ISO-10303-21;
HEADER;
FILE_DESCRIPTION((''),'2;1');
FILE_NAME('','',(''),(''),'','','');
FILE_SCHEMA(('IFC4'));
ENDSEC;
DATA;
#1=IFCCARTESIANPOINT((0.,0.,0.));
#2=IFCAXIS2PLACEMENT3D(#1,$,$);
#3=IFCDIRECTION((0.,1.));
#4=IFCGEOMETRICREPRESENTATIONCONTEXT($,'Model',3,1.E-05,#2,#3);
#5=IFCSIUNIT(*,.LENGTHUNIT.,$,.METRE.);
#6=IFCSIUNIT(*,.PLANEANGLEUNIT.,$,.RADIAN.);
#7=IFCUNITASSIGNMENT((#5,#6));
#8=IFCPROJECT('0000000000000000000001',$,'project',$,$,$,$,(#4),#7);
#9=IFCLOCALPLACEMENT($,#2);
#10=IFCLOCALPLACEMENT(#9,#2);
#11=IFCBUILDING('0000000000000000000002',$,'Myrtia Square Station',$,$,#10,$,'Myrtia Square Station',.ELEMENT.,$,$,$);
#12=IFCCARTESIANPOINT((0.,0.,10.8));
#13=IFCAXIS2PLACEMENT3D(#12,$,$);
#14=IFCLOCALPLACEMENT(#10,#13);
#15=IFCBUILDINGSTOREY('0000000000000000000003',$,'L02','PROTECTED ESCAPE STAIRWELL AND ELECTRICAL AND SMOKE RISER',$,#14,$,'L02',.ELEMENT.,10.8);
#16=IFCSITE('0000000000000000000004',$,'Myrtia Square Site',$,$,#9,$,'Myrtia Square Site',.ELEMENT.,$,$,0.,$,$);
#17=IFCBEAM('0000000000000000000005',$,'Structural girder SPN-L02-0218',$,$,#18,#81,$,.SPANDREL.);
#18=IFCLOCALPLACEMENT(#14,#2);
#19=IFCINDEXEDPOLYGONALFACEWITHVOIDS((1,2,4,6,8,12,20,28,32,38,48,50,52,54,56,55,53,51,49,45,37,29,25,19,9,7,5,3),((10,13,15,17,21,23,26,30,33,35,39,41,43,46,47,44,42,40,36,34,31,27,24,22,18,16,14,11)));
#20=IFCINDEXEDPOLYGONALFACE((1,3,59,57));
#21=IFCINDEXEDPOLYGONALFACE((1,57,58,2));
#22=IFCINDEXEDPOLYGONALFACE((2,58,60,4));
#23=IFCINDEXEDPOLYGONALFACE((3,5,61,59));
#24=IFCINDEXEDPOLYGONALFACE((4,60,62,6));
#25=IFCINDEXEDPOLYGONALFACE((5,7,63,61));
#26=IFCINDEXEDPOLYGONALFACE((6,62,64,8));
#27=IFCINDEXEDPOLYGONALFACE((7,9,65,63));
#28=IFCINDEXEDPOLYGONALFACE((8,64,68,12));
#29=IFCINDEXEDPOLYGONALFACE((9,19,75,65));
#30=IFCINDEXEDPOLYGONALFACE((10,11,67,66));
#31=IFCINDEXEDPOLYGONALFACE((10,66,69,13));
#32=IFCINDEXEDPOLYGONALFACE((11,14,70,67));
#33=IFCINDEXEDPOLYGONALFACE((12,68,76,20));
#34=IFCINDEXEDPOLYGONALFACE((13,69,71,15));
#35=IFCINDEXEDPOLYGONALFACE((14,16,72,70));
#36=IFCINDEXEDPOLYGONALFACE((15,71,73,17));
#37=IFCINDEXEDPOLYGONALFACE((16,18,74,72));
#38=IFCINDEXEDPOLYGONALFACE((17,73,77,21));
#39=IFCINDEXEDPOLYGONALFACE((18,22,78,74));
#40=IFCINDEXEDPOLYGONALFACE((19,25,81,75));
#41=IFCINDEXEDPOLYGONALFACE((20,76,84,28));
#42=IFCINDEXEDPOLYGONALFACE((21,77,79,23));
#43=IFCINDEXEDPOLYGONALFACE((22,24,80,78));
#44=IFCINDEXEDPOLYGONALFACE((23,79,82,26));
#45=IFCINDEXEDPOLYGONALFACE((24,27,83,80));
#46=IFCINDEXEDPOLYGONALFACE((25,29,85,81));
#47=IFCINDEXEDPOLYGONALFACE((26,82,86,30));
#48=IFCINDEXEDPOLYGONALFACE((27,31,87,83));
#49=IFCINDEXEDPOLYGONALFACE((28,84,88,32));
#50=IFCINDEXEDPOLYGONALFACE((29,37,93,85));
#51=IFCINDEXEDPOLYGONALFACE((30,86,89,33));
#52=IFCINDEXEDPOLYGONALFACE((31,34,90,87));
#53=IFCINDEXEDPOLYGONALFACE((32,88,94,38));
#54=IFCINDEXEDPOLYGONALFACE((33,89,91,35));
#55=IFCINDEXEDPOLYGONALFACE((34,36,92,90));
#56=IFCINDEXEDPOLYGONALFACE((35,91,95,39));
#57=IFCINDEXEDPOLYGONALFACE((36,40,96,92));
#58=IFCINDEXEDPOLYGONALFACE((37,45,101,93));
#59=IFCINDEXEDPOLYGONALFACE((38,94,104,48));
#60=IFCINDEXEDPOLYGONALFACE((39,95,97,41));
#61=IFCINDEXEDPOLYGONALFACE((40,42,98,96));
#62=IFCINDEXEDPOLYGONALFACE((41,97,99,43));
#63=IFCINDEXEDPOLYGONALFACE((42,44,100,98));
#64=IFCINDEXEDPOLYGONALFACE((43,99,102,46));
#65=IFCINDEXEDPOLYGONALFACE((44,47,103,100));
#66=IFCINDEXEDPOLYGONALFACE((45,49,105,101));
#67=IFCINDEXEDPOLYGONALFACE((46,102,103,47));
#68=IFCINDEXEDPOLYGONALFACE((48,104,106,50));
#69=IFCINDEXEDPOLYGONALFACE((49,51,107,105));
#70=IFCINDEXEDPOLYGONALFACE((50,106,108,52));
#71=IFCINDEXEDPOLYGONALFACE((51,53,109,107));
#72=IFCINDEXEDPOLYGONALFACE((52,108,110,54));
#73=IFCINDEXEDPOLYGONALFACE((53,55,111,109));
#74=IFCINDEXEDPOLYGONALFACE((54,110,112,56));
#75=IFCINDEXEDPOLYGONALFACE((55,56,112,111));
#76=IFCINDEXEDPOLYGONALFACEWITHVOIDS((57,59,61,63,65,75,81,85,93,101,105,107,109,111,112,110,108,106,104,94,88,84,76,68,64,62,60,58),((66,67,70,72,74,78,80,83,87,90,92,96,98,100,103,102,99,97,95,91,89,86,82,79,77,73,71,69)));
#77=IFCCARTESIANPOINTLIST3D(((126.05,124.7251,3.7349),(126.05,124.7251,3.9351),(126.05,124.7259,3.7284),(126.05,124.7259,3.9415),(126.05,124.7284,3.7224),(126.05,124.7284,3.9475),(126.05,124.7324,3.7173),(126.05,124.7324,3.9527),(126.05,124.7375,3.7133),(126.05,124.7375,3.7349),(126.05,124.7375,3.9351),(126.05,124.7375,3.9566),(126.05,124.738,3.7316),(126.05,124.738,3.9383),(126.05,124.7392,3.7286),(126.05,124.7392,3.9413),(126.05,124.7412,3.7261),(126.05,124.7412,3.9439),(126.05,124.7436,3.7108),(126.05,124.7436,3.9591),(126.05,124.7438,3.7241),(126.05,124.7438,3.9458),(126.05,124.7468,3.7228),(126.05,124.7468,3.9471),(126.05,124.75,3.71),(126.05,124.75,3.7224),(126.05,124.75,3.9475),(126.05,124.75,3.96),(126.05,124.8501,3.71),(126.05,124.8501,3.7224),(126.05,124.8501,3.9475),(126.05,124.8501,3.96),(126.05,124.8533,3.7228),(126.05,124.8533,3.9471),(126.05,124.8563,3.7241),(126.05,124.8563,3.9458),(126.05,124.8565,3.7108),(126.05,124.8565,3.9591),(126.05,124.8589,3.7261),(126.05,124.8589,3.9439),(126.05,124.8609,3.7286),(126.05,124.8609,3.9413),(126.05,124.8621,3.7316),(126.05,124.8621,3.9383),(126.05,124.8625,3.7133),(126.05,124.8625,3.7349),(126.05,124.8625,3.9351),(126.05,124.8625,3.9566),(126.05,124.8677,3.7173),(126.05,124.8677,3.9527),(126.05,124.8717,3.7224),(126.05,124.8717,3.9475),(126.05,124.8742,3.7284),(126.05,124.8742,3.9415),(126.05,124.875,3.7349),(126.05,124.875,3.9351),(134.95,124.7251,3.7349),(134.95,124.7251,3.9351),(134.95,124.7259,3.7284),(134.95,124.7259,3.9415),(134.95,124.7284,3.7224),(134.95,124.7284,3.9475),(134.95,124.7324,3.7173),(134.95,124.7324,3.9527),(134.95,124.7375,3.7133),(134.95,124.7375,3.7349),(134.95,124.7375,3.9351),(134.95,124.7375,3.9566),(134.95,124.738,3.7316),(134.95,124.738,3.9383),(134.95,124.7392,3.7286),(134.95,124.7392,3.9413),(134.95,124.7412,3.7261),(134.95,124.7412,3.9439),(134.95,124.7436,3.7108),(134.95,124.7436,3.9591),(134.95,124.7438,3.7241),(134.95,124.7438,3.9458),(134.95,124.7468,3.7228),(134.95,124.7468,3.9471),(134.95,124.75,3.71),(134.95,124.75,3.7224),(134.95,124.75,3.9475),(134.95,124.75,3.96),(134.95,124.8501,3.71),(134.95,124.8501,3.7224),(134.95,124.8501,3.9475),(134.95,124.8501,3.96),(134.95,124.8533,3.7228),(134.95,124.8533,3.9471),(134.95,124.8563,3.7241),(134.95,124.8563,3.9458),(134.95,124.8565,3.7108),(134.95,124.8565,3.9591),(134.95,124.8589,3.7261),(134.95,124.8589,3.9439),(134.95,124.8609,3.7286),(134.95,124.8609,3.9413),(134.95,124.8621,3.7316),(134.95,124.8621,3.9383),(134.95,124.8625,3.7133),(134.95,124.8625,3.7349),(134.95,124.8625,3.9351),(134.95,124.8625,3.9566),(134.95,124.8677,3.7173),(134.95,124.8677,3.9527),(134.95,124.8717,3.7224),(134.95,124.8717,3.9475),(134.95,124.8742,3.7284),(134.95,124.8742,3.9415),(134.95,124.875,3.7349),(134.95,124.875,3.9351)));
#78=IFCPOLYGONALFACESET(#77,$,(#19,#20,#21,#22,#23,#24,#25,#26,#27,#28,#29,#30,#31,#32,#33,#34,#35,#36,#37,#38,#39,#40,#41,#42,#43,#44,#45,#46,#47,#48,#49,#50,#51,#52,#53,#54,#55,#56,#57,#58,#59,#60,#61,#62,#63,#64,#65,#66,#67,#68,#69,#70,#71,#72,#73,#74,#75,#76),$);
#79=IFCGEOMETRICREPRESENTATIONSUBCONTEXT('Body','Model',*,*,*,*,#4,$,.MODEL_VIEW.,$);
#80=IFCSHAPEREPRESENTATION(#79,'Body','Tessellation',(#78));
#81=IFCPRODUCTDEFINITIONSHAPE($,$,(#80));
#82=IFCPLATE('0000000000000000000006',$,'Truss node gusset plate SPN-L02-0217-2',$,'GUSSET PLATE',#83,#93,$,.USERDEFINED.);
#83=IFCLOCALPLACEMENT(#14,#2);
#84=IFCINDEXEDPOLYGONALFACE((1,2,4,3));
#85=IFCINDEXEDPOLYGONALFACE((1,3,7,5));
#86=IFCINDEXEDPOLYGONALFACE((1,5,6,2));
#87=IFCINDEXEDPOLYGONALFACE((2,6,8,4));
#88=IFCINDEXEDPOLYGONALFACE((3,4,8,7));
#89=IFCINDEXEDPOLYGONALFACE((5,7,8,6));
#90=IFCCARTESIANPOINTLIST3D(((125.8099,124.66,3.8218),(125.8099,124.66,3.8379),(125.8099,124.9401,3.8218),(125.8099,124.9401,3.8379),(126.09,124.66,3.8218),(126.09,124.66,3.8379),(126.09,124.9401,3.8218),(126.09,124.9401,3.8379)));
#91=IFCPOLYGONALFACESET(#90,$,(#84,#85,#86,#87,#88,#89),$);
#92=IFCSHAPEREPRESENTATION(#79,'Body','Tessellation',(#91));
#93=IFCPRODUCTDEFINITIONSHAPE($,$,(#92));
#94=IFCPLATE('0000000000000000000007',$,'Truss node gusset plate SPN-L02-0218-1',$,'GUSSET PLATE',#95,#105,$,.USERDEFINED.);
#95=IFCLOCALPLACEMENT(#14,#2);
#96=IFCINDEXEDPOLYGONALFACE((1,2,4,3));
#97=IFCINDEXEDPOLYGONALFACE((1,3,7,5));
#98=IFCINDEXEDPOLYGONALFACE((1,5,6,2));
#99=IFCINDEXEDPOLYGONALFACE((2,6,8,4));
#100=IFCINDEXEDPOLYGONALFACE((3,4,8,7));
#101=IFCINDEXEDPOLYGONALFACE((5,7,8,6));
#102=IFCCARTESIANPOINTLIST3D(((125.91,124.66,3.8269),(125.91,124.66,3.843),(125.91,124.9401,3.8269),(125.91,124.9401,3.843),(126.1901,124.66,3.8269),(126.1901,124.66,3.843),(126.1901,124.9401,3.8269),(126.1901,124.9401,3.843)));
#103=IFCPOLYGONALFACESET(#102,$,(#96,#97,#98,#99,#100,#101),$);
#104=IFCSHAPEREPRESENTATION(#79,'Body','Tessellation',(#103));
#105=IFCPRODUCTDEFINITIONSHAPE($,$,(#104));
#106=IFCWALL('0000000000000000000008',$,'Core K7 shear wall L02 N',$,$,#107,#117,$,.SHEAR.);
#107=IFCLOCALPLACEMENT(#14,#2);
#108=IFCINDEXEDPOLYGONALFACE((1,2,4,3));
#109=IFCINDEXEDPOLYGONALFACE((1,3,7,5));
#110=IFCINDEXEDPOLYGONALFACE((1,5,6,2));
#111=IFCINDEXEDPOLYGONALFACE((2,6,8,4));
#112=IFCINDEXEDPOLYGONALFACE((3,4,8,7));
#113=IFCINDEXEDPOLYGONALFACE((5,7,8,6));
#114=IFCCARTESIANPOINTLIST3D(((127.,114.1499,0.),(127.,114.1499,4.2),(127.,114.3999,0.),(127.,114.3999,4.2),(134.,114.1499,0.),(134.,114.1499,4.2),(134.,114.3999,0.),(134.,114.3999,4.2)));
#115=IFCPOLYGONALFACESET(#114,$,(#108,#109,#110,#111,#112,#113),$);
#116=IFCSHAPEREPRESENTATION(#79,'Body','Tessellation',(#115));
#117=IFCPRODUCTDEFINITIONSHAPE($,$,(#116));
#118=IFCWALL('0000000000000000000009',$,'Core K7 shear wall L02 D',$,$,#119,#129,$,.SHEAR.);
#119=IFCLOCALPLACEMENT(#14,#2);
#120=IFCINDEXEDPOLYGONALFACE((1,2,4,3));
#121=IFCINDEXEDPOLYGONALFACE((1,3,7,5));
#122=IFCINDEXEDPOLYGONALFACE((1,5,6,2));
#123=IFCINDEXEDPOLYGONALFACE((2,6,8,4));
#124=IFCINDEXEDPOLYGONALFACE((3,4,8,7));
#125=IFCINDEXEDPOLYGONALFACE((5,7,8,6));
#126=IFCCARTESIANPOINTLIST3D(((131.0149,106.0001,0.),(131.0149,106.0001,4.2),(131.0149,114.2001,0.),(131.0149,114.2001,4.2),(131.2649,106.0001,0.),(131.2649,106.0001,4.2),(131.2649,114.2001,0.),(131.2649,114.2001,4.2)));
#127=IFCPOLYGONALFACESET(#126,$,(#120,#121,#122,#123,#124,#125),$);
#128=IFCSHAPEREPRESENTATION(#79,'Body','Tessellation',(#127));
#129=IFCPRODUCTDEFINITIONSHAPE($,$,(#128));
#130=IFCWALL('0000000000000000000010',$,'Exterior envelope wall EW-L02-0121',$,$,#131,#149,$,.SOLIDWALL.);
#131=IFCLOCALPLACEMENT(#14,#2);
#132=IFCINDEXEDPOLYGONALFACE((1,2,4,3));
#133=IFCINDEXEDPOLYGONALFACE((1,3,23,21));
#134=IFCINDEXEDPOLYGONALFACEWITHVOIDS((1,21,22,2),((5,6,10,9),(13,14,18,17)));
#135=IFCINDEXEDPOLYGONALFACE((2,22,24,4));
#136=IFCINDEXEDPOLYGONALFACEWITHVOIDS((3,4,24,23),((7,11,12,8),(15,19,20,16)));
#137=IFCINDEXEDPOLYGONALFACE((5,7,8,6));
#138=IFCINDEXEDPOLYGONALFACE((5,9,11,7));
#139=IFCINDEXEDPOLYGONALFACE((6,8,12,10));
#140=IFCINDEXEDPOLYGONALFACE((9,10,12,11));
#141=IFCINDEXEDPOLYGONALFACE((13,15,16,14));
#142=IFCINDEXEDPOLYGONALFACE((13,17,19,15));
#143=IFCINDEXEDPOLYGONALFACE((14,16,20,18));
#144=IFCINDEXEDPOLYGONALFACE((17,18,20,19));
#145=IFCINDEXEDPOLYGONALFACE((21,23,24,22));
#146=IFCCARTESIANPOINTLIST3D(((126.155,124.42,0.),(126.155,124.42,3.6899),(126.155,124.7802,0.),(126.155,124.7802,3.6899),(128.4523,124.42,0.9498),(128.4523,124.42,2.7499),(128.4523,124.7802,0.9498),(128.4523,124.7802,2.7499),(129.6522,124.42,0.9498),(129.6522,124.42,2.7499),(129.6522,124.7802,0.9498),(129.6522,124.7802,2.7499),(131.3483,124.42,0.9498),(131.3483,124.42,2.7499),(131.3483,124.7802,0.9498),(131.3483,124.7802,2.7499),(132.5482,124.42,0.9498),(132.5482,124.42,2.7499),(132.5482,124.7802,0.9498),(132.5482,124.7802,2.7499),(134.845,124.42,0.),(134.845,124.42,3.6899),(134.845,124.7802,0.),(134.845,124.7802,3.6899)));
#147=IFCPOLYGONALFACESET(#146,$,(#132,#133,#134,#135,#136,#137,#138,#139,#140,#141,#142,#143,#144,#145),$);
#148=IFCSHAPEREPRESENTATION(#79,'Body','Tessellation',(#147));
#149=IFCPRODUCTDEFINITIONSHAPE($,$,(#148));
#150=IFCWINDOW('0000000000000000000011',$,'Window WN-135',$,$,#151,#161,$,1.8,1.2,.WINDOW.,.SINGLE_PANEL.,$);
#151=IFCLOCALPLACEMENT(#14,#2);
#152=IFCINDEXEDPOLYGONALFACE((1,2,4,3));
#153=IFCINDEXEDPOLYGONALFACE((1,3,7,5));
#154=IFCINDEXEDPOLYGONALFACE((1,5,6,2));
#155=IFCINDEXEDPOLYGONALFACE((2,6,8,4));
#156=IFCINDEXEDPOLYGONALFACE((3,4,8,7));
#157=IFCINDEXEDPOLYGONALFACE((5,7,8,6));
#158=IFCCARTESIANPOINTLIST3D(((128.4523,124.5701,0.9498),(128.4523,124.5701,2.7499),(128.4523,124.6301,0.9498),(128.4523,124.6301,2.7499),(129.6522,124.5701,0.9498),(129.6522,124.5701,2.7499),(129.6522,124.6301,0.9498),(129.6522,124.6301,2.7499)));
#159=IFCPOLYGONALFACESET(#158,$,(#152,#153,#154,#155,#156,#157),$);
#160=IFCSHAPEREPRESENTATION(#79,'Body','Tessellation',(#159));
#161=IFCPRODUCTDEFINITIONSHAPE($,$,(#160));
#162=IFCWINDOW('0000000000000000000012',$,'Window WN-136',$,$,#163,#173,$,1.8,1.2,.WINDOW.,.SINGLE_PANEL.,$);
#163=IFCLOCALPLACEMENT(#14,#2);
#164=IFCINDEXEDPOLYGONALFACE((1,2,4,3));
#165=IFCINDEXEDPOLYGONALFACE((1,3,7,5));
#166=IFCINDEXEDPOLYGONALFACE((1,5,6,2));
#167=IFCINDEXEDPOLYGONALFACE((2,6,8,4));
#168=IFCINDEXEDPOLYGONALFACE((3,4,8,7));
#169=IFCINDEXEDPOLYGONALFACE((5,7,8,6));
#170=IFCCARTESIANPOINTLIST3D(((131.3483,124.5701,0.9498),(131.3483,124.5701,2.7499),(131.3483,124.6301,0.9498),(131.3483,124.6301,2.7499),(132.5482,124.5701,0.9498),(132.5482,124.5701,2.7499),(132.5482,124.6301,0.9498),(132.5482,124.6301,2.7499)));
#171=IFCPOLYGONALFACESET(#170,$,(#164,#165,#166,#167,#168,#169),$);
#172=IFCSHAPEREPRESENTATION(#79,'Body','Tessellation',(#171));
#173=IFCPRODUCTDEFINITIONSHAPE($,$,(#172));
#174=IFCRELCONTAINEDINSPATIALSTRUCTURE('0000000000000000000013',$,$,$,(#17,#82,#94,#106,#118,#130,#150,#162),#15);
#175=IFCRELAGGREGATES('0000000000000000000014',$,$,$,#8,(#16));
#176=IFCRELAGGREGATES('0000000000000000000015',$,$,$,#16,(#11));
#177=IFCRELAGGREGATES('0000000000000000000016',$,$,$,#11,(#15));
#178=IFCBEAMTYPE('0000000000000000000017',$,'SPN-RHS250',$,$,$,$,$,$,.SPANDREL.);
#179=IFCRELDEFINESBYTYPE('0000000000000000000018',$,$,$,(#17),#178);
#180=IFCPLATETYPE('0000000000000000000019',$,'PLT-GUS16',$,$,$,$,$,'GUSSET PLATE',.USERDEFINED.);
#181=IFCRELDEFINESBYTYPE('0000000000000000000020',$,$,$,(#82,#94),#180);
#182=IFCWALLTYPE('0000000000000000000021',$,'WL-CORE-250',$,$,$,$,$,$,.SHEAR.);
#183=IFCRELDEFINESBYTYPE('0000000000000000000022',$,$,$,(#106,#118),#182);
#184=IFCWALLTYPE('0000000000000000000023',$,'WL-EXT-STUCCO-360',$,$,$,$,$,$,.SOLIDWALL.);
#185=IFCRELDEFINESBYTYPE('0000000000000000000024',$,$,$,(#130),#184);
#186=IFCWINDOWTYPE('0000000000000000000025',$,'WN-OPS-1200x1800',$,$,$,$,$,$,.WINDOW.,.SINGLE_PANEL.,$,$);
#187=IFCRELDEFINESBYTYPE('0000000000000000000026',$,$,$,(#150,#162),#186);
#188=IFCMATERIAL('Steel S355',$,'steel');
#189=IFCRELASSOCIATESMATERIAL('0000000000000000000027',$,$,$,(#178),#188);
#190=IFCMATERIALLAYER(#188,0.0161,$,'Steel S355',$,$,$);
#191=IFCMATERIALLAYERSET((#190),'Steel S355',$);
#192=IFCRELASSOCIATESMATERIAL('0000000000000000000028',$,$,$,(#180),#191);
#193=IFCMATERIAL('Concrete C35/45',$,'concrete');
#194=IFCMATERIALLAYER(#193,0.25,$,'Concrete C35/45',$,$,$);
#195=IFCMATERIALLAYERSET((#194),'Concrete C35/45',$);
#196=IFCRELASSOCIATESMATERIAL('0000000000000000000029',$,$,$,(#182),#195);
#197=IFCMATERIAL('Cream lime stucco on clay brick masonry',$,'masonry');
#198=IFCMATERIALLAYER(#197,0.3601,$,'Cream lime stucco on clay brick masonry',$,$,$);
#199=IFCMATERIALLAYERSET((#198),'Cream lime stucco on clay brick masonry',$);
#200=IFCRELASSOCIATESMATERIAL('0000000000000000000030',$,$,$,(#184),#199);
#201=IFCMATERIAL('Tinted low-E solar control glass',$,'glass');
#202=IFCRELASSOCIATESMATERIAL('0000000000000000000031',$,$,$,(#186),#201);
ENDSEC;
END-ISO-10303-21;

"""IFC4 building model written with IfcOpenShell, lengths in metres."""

from ifc_helpers import new_model, si_unit, direction, frame, frame_2d, origin, origin_2d, place, context, subcontext, project, spatial, rectangle, hollow_rectangle, extrude, material, layer, layer_set, material_profile, profile_set, type_object, element, fill, save


model = new_model("IFC4")

# Units and contexts
model_context = context("Model", 3, precision=1e-05, world=origin(), true_north=direction((0.0, 1.0)))
body_context = subcontext(model_context, "Body", "Model", "MODEL_VIEW")
ifc_project = project(units=[si_unit("LENGTHUNIT", "METRE"), si_unit("PLANEANGLEUNIT", "RADIAN")], contexts=[model_context])

# Site, building, storey
site_placement = place(None, origin())
site = spatial("IfcSite", under=ifc_project, at=site_placement, Name="Myrtia Square Site", LongName="Myrtia Square Site", CompositionType="ELEMENT", RefElevation=0.0)
building_placement = place(site_placement, origin())
building = spatial("IfcBuilding", under=site, at=building_placement, Name="Myrtia Square Station", LongName="Myrtia Square Station", CompositionType="ELEMENT")
storey_placement = place(building_placement, frame((0.0, 0.0, 10.8)))
storey = spatial("IfcBuildingStorey", under=building, at=storey_placement, Name="L02", Description="PROTECTED ESCAPE STAIRWELL AND ELECTRICAL AND SMOKE RISER", LongName="L02", CompositionType="ELEMENT", Elevation=10.8)

# Shared definitions
ifc_material_1 = material(Name="Steel S355", Category="steel")

# Beam
ifc_material_profile_1 = material_profile(ifc_material_1, hollow_rectangle(XDim=0.1499, YDim=0.25, WallThickness=0.0125, InnerFilletRadius=0.0125, OuterFilletRadius=0.0249, at=origin_2d()), Name="RHS 250x150x12.5")
ifc_profile_set_1 = profile_set([ifc_material_profile_1], Name="Steel S355")
beam_type_1 = type_object("IfcBeamType", Name="SPN-RHS250", PredefinedType="SPANDREL", material=ifc_profile_set_1)
beam_1_placement = place(storey_placement, frame((126.05, 124.8, 3.835), z_axis=(1.0, 0.0, 0.0), x_axis=(0.0, 1.0, 0.0)))
element("IfcBeam", 1, at=beam_1_placement, inside=storey, type_object=beam_type_1, Name="Structural girder SPN-L02-0218", PredefinedType="SPANDREL", context=body_context, shape_type="SweptSolid", body=[
    extrude(hollow_rectangle(XDim=0.1499, YDim=0.25, WallThickness=0.0125, InnerFilletRadius=0.0125, OuterFilletRadius=0.0249, at=origin_2d()), origin(), (0.0, 0.0, 1.0), 8.8999),
])

# Plates
ifc_layer_1 = layer(ifc_material_1, 0.0161, Name="Steel S355")
ifc_layer_set_1 = layer_set([ifc_layer_1], Name="Steel S355")
plate_type = type_object("IfcPlateType", Name="PLT-GUS16", ElementType="GUSSET PLATE", PredefinedType="USERDEFINED", material=ifc_layer_set_1)
for number, where, z_axis, x_axis, name in (
    (2, (125.95, 124.8, 3.8218), (0.0, 0.0, 1.0), (1.0, 0.0, 0.0), "Truss node gusset plate SPN-L02-0217-2"),
    (3, (126.05, 124.8, 3.8269), (0.0, 0.0, 1.0), (1.0, 0.0, 0.0), "Truss node gusset plate SPN-L02-0218-1"),
):
    element("IfcPlate", number, at=place(storey_placement, frame(where, z_axis=z_axis, x_axis=x_axis)), inside=storey, type_object=plate_type, Name=name, ObjectType="GUSSET PLATE", PredefinedType="USERDEFINED", context=body_context, shape_type="SweptSolid", body=[
        extrude(rectangle(XDim=0.28, YDim=0.28, at=origin_2d()), origin(), (0.0, 0.0, 1.0), 0.0161),
    ])

# Walls
ifc_material_2 = material(Name="Concrete C35/45", Category="concrete")
ifc_layer_2 = layer(ifc_material_2, 0.25, Name="Concrete C35/45")
ifc_layer_set_2 = layer_set([ifc_layer_2], Name="Concrete C35/45")
wall_type_1 = type_object("IfcWallType", Name="WL-CORE-250", PredefinedType="SHEAR", material=ifc_layer_set_2)
wall_1_placement = place(storey_placement, frame((127.0, 114.2749, 0.0), z_axis=(0.0, 0.0, 1.0), x_axis=(1.0, 0.0, 0.0)))
element("IfcWall", 4, at=wall_1_placement, inside=storey, type_object=wall_type_1, Name="Core K7 shear wall L02 N", PredefinedType="SHEAR", context=body_context, shape_type="SweptSolid", body=[
    extrude(rectangle(XDim=7.0, YDim=0.25, at=frame_2d((3.5, 0.0))), origin(), (0.0, 0.0, 1.0), 4.2),
])
wall_2_placement = place(storey_placement, frame((131.1399, 106.0, 0.0), z_axis=(0.0, 0.0, 1.0), x_axis=(0.0, 1.0, 0.0)))
element("IfcWall", 5, at=wall_2_placement, inside=storey, type_object=wall_type_1, Name="Core K7 shear wall L02 D", PredefinedType="SHEAR", context=body_context, shape_type="SweptSolid", body=[
    extrude(rectangle(XDim=8.2, YDim=0.25, at=frame_2d((4.1001, 0.0))), origin(), (0.0, 0.0, 1.0), 4.2),
])

# Wall, openings, windows
ifc_material_3 = material(Name="Cream lime stucco on clay brick masonry", Category="masonry")
ifc_layer_3 = layer(ifc_material_3, 0.3601, Name="Cream lime stucco on clay brick masonry")
ifc_layer_set_3 = layer_set([ifc_layer_3], Name="Cream lime stucco on clay brick masonry")
wall_type_2 = type_object("IfcWallType", Name="WL-EXT-STUCCO-360", PredefinedType="SOLIDWALL", material=ifc_layer_set_3)
wall_3_placement = place(storey_placement, frame((126.155, 124.6001, 0.0), z_axis=(0.0, 0.0, 1.0), x_axis=(1.0, 0.0, 0.0)))
wall_3 = element("IfcWall", 6, at=wall_3_placement, inside=storey, type_object=wall_type_2, Name="Exterior envelope wall EW-L02-0121", PredefinedType="SOLIDWALL", context=body_context, shape_type="SweptSolid", body=[
    extrude(rectangle(XDim=8.6899, YDim=0.3601, at=frame_2d((4.345, 0.0))), origin(), (0.0, 0.0, 1.0), 3.6899),
])
opening_1_placement = place(wall_3_placement, frame((2.2971, 0.0, 0.95)))
opening_1 = element("IfcOpeningElement", 7, at=opening_1_placement, cuts=wall_3, PredefinedType="OPENING", context=body_context, shape_type="SweptSolid", body=[
    extrude(rectangle(XDim=1.2, YDim=1.8, at=frame_2d((0.6001, 0.8999))), frame((0.0, 0.1951, 0.0), z_axis=(0.0, -1.0, 0.0), x_axis=(1.0, 0.0, 0.0)), (0.0, 0.0, 1.0), 0.3901),
])
opening_2_placement = place(wall_3_placement, frame((5.1931, 0.0, 0.95)))
opening_2 = element("IfcOpeningElement", 8, at=opening_2_placement, cuts=wall_3, PredefinedType="OPENING", context=body_context, shape_type="SweptSolid", body=[
    extrude(rectangle(XDim=1.2, YDim=1.8, at=frame_2d((0.6001, 0.8999))), frame((0.0, 0.1951, 0.0), z_axis=(0.0, -1.0, 0.0), x_axis=(1.0, 0.0, 0.0)), (0.0, 0.0, 1.0), 0.3901),
])
ifc_material_4 = material(Name="Tinted low-E solar control glass", Category="glass")
window_type = type_object("IfcWindowType", Name="WN-OPS-1200x1800", PartitioningType="SINGLE_PANEL", PredefinedType="WINDOW", material=ifc_material_4)
window_1_placement = place(opening_1_placement, origin())
window_1 = element("IfcWindow", 9, at=window_1_placement, inside=storey, type_object=window_type, Name="Window WN-135", OverallHeight=1.8, OverallWidth=1.2, PartitioningType="SINGLE_PANEL", PredefinedType="WINDOW", context=body_context, shape_type="SweptSolid", body=[
    extrude(rectangle(XDim=1.2, YDim=1.8, at=frame_2d((0.6001, 0.8999))), frame((0.0, 0.03, 0.0), z_axis=(0.0, -1.0, 0.0), x_axis=(1.0, 0.0, 0.0)), (0.0, 0.0, 1.0), 0.0601),
])
fill(opening_1, window_1)
window_2_placement = place(opening_2_placement, origin())
window_2 = element("IfcWindow", 10, at=window_2_placement, inside=storey, type_object=window_type, Name="Window WN-136", OverallHeight=1.8, OverallWidth=1.2, PartitioningType="SINGLE_PANEL", PredefinedType="WINDOW", context=body_context, shape_type="SweptSolid", body=[
    extrude(rectangle(XDim=1.2, YDim=1.8, at=frame_2d((0.6001, 0.8999))), frame((0.0, 0.03, 0.0), z_axis=(0.0, -1.0, 0.0), x_axis=(1.0, 0.0, 0.0)), (0.0, 0.0, 1.0), 0.0601),
])
fill(opening_2, window_2)

save(model, "model.ifc")
